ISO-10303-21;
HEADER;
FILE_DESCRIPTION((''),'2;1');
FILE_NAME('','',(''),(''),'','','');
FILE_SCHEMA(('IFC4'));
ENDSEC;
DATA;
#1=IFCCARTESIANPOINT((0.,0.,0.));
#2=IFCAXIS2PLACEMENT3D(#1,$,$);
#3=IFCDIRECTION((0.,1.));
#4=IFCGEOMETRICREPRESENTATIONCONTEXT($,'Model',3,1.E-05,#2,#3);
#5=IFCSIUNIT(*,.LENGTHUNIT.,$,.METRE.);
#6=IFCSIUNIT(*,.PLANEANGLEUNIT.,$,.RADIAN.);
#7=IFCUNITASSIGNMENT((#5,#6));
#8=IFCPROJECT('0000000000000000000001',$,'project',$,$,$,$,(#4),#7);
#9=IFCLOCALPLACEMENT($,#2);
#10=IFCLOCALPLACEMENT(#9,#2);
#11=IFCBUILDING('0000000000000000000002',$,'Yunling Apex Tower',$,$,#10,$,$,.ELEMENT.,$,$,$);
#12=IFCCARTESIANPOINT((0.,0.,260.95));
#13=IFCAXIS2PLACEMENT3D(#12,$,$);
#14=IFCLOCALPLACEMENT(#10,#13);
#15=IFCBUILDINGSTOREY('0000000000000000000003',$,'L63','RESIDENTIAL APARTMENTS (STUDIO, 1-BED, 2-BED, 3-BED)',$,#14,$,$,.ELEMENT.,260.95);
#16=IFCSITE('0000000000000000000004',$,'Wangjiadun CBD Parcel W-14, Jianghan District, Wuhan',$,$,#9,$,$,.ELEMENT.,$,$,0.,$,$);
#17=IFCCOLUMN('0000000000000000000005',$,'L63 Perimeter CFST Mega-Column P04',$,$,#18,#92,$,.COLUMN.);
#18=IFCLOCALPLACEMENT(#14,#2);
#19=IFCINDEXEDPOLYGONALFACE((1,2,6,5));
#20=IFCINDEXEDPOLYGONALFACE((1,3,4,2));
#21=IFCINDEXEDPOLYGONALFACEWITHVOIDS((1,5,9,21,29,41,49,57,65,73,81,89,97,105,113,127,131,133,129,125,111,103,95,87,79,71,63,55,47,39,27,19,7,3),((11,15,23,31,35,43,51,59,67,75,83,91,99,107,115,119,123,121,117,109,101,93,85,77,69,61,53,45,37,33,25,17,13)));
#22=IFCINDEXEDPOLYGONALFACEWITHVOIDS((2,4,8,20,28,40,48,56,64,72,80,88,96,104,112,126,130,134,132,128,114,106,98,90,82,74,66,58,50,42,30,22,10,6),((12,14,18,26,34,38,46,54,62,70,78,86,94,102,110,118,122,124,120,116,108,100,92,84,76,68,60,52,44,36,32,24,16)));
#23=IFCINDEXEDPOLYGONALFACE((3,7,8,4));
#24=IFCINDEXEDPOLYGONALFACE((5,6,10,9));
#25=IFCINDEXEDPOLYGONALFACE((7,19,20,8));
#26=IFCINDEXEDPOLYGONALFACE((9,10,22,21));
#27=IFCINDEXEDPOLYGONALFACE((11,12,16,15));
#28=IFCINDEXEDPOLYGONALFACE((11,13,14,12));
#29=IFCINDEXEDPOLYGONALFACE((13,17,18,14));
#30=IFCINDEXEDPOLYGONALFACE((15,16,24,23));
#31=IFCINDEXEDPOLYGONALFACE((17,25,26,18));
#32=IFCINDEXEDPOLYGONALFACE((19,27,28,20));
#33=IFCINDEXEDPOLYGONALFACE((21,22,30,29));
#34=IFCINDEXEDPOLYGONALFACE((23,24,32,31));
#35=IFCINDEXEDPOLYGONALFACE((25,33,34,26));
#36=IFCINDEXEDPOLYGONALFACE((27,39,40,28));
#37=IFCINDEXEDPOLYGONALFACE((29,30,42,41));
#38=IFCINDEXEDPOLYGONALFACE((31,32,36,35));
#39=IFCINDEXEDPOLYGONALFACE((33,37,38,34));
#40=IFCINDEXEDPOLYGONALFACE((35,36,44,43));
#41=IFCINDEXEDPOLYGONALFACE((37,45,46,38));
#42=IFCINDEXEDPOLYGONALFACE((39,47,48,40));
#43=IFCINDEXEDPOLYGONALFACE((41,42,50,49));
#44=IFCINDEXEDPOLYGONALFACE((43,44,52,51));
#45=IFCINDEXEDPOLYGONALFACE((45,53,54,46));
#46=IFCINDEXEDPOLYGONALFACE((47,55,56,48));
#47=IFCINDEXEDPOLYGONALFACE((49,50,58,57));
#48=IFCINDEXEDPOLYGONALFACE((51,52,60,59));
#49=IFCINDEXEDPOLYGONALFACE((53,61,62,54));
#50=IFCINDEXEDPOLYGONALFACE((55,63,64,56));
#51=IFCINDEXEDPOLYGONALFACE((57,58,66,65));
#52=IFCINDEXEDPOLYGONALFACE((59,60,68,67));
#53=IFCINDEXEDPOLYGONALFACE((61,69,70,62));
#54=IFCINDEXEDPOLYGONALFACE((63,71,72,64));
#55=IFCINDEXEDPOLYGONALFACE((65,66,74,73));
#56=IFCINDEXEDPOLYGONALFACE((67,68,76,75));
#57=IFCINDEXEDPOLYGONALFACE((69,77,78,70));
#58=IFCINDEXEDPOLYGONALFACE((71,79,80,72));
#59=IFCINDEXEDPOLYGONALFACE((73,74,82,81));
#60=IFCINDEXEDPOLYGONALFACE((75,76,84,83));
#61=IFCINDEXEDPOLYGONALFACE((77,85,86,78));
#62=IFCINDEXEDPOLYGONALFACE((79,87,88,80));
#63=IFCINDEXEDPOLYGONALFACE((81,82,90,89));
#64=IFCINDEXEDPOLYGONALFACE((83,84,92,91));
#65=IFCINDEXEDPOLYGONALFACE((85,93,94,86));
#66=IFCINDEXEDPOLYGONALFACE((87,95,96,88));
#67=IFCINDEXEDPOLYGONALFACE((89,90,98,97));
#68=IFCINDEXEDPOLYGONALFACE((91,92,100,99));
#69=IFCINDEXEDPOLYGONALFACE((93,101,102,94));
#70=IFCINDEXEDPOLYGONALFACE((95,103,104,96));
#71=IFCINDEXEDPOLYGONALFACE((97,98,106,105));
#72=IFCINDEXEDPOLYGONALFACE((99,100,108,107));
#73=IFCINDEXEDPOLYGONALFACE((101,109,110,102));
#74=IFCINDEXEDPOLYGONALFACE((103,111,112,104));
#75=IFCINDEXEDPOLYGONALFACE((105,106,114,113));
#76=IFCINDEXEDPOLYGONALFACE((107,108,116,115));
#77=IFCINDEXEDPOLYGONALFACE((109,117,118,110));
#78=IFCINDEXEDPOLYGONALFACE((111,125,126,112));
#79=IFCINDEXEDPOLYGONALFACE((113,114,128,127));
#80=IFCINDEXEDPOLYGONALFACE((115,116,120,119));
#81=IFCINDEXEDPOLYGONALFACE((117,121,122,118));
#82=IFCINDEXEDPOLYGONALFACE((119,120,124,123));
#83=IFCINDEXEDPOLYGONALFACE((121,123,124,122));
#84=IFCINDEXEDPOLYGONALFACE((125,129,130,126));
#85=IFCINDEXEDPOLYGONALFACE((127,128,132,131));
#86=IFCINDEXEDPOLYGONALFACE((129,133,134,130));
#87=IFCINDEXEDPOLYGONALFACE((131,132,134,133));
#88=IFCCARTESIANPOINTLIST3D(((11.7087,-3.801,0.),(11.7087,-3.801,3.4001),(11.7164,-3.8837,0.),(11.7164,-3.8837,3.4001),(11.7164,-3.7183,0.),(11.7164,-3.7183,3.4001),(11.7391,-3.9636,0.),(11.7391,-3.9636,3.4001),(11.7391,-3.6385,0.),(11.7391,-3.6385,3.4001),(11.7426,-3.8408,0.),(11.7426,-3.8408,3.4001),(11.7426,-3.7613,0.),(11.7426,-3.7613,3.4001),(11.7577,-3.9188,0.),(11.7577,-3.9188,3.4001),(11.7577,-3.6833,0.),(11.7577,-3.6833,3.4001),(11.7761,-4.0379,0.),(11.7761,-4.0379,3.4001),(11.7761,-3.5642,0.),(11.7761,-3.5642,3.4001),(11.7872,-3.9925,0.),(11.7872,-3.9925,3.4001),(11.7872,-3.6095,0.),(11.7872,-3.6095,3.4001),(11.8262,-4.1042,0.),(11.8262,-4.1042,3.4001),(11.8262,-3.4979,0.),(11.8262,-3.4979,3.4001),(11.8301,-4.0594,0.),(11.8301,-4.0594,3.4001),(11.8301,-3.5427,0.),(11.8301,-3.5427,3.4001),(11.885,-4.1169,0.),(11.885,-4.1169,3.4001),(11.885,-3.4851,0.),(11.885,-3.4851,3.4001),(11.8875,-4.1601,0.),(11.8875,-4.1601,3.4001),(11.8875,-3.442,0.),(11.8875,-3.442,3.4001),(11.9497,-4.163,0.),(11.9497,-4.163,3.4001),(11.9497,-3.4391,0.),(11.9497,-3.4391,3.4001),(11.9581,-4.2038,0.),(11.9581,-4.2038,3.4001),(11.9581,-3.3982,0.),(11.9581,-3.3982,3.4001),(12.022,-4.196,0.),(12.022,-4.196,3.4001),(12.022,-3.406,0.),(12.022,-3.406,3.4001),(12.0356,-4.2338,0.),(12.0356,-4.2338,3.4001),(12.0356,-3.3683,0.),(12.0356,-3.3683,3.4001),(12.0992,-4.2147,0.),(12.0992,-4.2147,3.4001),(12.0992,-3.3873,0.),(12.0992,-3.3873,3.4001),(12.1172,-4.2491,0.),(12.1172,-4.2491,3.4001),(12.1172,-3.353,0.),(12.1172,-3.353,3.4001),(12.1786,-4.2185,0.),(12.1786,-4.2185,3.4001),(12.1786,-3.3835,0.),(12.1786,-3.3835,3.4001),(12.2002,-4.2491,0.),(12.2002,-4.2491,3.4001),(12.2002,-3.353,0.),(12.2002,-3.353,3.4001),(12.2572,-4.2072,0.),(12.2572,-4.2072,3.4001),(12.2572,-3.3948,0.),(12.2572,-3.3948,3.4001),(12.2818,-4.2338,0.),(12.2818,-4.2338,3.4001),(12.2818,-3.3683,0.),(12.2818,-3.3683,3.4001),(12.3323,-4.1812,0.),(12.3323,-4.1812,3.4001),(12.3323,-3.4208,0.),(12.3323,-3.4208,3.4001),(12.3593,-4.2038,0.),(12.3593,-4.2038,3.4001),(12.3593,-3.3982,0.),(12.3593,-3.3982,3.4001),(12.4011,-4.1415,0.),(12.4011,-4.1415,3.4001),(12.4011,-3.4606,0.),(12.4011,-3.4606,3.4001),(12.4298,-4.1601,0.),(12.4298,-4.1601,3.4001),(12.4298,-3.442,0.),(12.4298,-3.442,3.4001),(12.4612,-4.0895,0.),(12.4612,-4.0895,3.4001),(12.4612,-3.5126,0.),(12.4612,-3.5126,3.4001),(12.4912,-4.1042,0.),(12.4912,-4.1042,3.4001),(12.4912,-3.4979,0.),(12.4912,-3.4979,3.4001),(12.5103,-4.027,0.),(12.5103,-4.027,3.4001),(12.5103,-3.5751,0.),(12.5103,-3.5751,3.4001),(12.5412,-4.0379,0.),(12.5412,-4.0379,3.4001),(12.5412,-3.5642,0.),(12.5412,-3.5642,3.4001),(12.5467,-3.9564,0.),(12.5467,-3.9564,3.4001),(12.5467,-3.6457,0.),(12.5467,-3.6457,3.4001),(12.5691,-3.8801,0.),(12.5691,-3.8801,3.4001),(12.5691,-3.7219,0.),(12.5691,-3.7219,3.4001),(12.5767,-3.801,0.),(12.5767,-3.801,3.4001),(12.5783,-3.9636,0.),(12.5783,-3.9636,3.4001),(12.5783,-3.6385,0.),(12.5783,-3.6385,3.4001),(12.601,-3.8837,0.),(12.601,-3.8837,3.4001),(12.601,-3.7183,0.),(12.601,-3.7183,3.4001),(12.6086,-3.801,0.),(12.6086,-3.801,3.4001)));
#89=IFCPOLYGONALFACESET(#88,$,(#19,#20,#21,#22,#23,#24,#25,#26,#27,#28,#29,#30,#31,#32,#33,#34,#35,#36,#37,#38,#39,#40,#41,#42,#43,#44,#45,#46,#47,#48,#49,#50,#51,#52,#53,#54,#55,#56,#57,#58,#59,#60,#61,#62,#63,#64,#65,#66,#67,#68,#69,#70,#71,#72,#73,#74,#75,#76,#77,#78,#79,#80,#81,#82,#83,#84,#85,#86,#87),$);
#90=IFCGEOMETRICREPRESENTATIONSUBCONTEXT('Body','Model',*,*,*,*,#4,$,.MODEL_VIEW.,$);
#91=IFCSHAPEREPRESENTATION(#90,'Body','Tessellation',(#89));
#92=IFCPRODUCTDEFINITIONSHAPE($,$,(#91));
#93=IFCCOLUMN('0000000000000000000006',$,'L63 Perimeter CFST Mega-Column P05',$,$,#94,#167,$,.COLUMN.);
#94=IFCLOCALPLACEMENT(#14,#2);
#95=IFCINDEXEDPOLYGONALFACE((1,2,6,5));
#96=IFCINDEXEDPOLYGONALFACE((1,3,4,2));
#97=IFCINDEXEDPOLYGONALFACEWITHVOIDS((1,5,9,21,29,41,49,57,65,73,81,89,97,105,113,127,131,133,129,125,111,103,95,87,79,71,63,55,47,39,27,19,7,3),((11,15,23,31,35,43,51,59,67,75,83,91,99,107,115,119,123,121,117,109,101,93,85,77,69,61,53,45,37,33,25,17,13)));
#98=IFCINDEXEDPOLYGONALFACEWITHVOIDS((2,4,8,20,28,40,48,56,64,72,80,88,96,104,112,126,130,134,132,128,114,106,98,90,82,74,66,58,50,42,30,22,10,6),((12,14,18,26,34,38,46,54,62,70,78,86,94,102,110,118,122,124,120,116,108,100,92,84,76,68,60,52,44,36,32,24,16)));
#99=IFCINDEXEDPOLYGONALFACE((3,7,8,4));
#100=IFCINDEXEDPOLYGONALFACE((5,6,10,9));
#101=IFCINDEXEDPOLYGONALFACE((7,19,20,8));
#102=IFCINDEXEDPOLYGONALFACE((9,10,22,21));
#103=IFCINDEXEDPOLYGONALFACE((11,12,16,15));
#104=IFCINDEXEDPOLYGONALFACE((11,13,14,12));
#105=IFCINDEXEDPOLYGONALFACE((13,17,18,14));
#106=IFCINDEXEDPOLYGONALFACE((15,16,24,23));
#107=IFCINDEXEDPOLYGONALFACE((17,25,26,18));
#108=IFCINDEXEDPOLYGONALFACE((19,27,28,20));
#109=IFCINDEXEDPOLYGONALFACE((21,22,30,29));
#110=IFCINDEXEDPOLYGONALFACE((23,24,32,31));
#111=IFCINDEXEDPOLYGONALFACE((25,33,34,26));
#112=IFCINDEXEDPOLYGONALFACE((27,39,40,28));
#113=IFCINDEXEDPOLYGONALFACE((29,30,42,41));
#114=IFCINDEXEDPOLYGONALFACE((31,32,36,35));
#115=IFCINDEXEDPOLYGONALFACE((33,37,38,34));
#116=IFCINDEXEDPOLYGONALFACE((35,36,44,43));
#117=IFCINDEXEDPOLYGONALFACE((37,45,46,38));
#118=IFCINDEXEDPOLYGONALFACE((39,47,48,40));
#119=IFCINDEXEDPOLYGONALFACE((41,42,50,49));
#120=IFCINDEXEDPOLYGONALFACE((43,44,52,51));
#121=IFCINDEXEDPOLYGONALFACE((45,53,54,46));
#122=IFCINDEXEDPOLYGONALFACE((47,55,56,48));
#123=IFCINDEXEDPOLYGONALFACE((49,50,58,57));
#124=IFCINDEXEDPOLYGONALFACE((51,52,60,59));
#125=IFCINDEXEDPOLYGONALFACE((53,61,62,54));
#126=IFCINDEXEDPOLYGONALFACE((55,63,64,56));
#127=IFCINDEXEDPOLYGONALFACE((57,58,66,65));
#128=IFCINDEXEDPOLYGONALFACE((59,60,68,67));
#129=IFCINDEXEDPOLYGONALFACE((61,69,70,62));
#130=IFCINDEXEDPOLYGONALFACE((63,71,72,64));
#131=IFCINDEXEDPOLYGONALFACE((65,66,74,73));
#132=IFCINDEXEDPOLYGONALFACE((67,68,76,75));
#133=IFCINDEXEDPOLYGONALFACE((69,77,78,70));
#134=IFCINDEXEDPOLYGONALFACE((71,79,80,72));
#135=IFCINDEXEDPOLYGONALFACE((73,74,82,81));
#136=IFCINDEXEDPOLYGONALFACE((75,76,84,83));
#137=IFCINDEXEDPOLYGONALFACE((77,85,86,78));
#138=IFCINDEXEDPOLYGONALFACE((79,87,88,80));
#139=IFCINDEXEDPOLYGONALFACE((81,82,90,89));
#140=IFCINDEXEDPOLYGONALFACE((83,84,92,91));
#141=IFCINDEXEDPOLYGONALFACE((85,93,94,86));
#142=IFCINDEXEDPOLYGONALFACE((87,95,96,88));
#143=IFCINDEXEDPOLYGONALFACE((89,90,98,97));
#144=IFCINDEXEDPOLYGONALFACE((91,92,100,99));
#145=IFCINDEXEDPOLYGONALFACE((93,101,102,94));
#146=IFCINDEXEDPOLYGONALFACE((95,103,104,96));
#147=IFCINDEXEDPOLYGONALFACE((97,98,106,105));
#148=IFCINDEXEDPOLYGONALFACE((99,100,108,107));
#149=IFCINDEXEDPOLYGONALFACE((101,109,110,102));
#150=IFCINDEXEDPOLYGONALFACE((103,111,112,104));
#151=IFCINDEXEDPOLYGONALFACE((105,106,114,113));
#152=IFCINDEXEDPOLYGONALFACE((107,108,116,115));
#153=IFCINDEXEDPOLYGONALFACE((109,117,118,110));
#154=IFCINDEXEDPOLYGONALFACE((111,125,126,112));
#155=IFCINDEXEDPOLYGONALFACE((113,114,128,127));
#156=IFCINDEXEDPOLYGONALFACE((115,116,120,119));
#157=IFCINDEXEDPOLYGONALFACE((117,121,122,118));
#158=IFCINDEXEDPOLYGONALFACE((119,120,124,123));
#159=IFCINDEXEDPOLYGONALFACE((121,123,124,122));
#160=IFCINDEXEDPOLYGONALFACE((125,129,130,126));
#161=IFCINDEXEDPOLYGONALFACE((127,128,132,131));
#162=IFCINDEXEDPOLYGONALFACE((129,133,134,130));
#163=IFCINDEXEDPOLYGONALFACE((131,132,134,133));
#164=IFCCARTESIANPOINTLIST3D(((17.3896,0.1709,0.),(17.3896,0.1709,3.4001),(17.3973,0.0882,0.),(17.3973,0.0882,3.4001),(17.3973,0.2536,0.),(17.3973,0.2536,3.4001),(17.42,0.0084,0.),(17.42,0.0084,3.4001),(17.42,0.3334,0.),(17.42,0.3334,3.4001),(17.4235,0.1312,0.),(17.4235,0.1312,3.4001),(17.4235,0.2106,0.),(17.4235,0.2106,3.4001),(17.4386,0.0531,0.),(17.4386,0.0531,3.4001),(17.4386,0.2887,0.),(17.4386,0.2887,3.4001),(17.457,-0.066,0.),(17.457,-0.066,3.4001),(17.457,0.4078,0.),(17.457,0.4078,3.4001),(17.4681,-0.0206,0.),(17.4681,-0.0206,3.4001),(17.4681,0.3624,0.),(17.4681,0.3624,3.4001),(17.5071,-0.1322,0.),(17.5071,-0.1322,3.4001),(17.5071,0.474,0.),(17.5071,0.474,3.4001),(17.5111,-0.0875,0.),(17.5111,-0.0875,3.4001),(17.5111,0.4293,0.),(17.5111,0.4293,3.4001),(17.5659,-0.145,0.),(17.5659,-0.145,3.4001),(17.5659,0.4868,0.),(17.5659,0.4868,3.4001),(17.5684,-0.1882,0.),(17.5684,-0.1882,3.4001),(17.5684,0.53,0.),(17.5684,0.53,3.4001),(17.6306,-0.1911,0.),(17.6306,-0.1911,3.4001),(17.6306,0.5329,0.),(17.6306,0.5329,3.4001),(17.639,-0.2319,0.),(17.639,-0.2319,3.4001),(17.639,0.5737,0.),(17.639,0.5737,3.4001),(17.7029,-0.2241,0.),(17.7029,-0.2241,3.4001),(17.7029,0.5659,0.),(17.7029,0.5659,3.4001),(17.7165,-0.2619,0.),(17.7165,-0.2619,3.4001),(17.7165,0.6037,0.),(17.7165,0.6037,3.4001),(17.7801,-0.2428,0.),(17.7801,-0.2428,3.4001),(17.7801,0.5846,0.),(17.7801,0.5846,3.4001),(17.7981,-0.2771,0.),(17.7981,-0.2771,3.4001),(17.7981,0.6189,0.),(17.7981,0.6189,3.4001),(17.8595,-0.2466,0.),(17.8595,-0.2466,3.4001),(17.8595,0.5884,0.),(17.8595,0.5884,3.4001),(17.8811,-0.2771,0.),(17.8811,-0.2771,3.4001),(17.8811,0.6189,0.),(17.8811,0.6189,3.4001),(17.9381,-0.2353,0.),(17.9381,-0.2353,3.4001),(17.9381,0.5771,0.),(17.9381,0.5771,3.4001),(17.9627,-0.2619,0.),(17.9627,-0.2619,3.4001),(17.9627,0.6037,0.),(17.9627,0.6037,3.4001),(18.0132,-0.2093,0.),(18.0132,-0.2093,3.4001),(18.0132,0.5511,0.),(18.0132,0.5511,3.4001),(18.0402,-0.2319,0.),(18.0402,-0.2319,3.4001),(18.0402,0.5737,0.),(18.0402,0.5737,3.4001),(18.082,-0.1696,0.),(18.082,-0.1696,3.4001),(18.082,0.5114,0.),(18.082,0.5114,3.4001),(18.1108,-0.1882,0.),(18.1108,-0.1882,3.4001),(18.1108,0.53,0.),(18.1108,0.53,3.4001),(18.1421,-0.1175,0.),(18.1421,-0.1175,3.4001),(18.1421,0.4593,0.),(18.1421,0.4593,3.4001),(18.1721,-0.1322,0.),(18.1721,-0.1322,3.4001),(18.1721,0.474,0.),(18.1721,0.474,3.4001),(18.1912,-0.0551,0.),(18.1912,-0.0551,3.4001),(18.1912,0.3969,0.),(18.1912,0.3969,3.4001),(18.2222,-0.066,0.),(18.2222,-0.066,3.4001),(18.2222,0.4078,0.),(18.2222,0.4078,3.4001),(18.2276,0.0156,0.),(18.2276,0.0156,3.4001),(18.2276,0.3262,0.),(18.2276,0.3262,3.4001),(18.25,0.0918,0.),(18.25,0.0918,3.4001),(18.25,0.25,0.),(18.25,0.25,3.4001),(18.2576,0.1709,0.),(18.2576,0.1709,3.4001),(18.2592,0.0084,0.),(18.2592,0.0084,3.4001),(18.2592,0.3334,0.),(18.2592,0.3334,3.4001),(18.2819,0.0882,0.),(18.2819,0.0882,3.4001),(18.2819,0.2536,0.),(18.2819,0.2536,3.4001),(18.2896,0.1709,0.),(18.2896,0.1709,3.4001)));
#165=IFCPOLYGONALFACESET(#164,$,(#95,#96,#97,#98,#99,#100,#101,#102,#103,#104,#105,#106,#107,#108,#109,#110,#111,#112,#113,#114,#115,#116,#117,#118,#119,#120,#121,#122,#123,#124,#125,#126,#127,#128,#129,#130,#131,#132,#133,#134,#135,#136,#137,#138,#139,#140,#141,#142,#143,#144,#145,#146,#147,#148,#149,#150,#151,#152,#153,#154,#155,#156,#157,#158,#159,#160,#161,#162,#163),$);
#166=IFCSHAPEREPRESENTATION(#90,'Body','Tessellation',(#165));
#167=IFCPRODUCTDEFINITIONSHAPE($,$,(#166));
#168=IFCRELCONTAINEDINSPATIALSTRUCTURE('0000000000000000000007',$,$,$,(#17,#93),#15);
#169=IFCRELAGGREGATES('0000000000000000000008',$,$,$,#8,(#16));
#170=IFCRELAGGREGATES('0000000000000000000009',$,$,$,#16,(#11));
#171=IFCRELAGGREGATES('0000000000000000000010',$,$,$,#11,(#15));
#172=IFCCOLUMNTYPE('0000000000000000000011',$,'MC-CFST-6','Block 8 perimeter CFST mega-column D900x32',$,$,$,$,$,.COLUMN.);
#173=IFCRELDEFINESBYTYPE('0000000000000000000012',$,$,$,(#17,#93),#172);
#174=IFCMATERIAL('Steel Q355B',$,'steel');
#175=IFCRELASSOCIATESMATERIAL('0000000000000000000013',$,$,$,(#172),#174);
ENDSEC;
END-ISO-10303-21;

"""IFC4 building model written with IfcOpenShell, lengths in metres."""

from ifc_helpers import new_model, si_unit, direction, frame, origin, origin_2d, place, context, subcontext, project, spatial, hollow_circle, extrude, source, transform, mapped, material, material_profile, profile_set, type_object, element, save


model = new_model("IFC4")

# Units and contexts
model_context = context("Model", 3, precision=1e-05, world=origin(), true_north=direction((0.0, 1.0)))
body_context = subcontext(model_context, "Body", "Model", "MODEL_VIEW")
ifc_project = project(units=[si_unit("LENGTHUNIT", "METRE"), si_unit("PLANEANGLEUNIT", "RADIAN")], contexts=[model_context])

# Site, building, storey
site_placement = place(None, origin())
site = spatial("IfcSite", under=ifc_project, at=site_placement, Name="Wangjiadun CBD Parcel W-14, Jianghan District, Wuhan", CompositionType="ELEMENT", RefElevation=0.0)
building_placement = place(site_placement, origin())
building = spatial("IfcBuilding", under=site, at=building_placement, Name="Yunling Apex Tower", CompositionType="ELEMENT")
storey_placement = place(building_placement, frame((0.0, 0.0, 260.95)))
storey = spatial("IfcBuildingStorey", under=building, at=storey_placement, Name="L63", Description="RESIDENTIAL APARTMENTS (STUDIO, 1-BED, 2-BED, 3-BED)", CompositionType="ELEMENT", Elevation=260.95)

# Columns
ifc_material_1 = material(Name="Steel Q355B", Category="steel")
ifc_material_profile_1 = material_profile(ifc_material_1, hollow_circle(Radius=0.45, WallThickness=0.032, at=origin_2d()))
ifc_profile_set_1 = profile_set([ifc_material_profile_1], Name="Steel Q355B")
column_type = type_object("IfcColumnType", Name="MC-CFST-6", Description="Block 8 perimeter CFST mega-column D900x32", PredefinedType="COLUMN", material=ifc_profile_set_1)
shared_shape_1 = source(origin(), body_context, "Body", "SweptSolid", [
    extrude(hollow_circle(Radius=0.45, WallThickness=0.032, at=origin_2d()), origin(), (0.0, 0.0, 1.0), 3.4001),
])
for number, where, z_axis, x_axis, name in (
    (1, (12.1587, -3.801, 0.0), (0.0, 0.0, 1.0), (1.0, 0.0, 0.0), "L63 Perimeter CFST Mega-Column P04"),
    (2, (17.8396, 0.1709, 0.0), (0.0, 0.0, 1.0), (1.0, 0.0, 0.0), "L63 Perimeter CFST Mega-Column P05"),
):
    element("IfcColumn", number, at=place(storey_placement, frame(where, z_axis=z_axis, x_axis=x_axis)), inside=storey, type_object=column_type, Name=name, PredefinedType="COLUMN", context=body_context, shape_type="MappedRepresentation", body=[
        mapped(shared_shape_1, transform((0.0, 0.0, 0.0), scale=1.0)),
    ])

save(model, "model.ifc")
